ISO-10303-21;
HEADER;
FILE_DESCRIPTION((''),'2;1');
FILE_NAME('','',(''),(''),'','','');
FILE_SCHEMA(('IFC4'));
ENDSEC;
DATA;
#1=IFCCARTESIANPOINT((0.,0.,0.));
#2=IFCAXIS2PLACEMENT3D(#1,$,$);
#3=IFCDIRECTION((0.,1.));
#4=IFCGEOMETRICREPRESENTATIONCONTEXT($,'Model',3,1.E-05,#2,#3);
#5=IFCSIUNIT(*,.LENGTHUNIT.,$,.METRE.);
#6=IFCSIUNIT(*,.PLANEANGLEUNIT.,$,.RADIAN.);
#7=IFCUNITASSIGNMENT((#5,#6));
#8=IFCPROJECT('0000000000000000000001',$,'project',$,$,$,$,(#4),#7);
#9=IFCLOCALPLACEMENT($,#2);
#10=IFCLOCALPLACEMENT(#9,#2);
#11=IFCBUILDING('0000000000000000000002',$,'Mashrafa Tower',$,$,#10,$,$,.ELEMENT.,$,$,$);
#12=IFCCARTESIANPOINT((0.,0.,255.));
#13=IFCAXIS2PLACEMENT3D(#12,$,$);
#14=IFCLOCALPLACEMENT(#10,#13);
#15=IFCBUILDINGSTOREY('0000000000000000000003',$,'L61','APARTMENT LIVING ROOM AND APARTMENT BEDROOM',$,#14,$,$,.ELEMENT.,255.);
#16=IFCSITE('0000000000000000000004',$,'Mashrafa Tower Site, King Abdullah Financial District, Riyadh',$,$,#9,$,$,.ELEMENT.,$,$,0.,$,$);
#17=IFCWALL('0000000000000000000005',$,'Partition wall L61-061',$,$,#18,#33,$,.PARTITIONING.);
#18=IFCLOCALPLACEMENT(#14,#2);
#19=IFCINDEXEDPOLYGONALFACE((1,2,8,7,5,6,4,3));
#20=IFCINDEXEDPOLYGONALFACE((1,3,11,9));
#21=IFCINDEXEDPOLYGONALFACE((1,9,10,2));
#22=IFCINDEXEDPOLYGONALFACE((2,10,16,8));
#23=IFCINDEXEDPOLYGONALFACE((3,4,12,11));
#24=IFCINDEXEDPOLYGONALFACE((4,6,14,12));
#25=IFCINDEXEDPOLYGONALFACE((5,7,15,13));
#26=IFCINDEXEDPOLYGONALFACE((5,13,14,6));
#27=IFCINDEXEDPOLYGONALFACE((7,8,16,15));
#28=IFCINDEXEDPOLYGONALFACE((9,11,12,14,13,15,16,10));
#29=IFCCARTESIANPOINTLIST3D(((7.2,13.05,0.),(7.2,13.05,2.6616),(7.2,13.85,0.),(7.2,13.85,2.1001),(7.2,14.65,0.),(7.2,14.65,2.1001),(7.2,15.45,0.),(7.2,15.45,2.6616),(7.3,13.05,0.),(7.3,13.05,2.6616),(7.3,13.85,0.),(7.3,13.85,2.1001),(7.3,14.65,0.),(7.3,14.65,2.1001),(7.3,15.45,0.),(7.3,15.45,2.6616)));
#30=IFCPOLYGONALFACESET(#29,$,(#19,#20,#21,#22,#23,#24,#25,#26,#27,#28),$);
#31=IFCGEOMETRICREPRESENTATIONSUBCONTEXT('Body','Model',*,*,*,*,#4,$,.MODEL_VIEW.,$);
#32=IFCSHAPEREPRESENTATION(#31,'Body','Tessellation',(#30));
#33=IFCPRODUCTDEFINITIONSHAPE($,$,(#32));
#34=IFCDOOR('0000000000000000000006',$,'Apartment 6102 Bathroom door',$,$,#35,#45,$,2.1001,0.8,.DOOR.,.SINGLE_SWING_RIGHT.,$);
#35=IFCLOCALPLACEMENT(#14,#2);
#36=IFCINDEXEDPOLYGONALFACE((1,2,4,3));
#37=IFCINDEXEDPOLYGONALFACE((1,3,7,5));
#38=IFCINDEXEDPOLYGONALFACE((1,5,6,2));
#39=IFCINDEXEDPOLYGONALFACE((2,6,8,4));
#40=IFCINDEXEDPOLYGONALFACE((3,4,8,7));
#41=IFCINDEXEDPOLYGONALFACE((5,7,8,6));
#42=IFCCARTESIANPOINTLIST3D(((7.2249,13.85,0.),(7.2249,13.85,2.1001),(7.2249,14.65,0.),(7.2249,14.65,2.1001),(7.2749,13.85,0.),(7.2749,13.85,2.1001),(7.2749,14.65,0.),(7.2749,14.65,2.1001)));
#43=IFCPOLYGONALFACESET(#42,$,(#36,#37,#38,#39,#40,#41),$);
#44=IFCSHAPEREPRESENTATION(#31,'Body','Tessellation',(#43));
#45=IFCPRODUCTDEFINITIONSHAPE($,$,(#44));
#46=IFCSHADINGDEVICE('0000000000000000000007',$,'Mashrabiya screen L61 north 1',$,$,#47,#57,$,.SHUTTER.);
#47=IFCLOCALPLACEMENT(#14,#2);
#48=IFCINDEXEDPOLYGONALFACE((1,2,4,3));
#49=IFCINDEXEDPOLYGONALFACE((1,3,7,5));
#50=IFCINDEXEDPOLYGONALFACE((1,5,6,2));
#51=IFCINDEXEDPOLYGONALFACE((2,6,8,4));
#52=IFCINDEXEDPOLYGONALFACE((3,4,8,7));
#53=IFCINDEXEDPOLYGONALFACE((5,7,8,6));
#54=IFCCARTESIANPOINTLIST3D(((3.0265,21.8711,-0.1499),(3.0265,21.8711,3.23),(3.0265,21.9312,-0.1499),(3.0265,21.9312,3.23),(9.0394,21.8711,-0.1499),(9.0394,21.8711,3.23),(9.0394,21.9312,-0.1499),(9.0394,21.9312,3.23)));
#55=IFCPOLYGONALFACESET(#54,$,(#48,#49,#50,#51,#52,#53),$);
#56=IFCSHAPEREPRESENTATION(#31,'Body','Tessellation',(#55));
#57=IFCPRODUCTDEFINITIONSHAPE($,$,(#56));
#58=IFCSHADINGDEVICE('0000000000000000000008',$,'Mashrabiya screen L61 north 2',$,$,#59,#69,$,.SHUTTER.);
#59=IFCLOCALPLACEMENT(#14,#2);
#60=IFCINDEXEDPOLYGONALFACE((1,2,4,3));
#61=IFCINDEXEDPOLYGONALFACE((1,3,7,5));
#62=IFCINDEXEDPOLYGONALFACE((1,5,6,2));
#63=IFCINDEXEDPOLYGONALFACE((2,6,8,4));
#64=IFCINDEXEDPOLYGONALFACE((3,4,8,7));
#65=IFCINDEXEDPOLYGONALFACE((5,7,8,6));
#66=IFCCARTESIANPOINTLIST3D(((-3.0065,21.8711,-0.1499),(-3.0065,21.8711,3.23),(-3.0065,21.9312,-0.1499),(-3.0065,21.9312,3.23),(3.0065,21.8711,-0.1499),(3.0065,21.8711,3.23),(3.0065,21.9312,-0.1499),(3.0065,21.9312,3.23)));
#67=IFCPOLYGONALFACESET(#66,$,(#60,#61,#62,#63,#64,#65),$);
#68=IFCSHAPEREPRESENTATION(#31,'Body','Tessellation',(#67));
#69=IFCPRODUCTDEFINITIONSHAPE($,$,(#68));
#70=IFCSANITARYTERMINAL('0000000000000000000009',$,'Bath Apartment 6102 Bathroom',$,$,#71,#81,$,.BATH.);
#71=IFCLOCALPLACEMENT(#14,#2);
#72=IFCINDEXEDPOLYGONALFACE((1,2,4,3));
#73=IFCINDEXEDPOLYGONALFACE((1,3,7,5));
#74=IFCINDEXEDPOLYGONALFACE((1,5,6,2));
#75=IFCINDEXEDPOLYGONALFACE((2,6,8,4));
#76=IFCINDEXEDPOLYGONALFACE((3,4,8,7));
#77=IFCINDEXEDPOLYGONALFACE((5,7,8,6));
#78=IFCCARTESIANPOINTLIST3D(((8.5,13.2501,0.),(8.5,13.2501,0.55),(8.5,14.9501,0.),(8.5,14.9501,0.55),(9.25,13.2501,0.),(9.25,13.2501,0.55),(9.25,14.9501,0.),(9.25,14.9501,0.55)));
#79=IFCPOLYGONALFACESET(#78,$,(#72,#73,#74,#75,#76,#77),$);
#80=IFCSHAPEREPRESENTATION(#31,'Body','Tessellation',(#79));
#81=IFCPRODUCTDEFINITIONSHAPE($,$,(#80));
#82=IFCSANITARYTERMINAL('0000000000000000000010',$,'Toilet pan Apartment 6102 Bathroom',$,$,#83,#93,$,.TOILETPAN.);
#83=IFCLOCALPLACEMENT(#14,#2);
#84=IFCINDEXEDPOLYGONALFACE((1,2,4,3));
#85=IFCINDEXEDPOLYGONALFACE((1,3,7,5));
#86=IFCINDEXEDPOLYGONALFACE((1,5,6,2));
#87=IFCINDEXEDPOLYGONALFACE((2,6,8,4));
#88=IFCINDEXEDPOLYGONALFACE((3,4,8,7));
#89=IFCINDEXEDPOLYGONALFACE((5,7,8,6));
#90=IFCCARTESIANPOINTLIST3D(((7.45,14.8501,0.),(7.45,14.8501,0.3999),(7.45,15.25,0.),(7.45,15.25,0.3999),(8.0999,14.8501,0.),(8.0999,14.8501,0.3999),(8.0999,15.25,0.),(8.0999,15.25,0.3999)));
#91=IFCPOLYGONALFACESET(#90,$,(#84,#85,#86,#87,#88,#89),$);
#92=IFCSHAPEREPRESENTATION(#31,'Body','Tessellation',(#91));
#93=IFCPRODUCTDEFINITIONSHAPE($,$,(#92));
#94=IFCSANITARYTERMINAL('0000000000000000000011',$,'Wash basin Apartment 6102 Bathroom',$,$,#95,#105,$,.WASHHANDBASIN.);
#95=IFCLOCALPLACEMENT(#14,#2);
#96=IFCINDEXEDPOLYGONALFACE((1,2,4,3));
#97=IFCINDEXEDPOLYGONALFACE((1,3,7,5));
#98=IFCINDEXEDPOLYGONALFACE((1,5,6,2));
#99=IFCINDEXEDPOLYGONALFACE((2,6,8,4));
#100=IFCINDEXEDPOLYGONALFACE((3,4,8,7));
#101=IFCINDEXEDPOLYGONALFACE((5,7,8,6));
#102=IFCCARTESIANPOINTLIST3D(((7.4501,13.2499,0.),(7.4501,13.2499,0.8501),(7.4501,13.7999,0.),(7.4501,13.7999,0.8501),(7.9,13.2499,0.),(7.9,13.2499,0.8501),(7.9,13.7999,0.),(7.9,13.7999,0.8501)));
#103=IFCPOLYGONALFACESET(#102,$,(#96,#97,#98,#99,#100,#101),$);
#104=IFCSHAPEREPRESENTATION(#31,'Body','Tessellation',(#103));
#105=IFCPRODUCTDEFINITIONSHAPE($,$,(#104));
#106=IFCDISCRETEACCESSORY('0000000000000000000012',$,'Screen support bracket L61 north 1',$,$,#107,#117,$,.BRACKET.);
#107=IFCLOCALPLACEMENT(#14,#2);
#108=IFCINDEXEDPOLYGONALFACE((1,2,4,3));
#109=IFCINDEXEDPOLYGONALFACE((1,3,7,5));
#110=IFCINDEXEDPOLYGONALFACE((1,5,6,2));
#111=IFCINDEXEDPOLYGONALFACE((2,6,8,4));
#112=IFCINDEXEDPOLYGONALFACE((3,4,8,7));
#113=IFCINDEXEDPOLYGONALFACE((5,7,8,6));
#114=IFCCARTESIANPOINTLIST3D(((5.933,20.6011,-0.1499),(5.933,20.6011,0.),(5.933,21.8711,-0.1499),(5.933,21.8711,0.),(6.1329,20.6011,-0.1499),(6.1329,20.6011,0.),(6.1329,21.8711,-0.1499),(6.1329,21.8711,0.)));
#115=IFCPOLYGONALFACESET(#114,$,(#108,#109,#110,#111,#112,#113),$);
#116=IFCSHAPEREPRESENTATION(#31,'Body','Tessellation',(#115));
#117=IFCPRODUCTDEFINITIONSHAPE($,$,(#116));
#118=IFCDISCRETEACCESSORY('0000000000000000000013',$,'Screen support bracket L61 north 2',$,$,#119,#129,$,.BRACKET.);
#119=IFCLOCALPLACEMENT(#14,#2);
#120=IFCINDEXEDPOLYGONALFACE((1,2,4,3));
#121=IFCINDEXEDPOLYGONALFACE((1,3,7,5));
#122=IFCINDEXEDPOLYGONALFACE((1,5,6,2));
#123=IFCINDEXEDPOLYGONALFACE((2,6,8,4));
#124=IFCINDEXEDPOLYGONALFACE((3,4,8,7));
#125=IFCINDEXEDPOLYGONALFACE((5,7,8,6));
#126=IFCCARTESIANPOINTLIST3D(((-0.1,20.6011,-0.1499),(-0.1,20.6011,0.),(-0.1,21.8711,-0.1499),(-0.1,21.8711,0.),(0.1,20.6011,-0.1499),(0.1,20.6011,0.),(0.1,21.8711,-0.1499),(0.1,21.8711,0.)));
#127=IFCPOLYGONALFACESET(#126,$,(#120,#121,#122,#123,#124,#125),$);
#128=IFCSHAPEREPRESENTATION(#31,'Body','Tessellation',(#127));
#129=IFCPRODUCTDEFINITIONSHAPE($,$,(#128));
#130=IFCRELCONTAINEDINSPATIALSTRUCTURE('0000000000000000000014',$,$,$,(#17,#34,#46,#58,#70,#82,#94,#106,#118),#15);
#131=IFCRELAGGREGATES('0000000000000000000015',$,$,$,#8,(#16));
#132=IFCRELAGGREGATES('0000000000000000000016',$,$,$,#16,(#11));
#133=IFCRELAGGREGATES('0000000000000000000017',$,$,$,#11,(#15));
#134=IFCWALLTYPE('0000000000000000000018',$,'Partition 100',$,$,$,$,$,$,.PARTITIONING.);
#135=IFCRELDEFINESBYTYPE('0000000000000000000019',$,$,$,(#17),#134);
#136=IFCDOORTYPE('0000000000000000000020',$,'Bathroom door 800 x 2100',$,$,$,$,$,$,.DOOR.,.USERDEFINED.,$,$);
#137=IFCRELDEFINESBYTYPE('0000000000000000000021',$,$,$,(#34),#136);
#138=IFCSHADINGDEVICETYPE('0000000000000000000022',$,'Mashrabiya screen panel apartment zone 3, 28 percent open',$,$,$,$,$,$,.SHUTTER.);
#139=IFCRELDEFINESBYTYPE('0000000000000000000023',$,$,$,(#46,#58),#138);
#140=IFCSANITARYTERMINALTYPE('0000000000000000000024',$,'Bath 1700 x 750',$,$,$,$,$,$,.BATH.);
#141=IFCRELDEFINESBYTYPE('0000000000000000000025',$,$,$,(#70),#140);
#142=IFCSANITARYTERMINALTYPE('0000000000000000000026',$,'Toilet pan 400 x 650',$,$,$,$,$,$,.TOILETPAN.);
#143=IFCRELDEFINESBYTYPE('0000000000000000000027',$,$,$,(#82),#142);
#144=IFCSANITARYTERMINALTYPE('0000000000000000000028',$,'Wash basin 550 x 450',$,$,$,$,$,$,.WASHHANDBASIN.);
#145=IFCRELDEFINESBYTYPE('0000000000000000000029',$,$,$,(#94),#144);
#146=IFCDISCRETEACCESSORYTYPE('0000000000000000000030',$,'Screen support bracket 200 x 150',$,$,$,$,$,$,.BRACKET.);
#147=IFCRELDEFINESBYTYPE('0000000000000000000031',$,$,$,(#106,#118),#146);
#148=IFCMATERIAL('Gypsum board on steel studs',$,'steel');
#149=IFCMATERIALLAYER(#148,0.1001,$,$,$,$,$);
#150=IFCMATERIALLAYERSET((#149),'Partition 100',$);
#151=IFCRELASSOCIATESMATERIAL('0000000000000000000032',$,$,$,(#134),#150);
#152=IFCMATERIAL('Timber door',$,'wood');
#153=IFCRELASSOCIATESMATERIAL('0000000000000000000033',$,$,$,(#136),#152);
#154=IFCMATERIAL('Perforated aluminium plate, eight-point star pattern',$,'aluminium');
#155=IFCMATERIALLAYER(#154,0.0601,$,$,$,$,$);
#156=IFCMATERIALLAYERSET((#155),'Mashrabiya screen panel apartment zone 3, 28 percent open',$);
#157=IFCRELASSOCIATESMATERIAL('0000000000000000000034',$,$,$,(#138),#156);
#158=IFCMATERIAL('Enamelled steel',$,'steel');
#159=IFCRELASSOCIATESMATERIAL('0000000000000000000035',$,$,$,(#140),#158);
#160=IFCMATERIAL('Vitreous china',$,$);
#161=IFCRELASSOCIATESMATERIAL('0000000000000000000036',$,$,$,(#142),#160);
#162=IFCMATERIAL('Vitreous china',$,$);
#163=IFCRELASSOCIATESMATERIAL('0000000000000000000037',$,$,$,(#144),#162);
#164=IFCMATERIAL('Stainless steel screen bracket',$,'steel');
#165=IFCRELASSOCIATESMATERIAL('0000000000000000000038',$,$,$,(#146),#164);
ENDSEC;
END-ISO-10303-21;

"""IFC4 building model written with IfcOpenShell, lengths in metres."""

from ifc_helpers import new_model, si_unit, direction, frame, frame_2d, origin, origin_2d, place, context, subcontext, project, spatial, rectangle, extrude, source, transform, mapped, material, layer, layer_set, type_object, type_shapes, element, fill, save


model = new_model("IFC4")

# Units and contexts
model_context = context("Model", 3, precision=1e-05, world=origin(), true_north=direction((0.0, 1.0)))
body_context = subcontext(model_context, "Body", "Model", "MODEL_VIEW")
ifc_project = project(units=[si_unit("LENGTHUNIT", "METRE"), si_unit("PLANEANGLEUNIT", "RADIAN")], contexts=[model_context])

# Site, building, storey
site_placement = place(None, origin())
site = spatial("IfcSite", under=ifc_project, at=site_placement, Name="Mashrafa Tower Site, King Abdullah Financial District, Riyadh", CompositionType="ELEMENT", RefElevation=0.0)
building_placement = place(site_placement, origin())
building = spatial("IfcBuilding", under=site, at=building_placement, Name="Mashrafa Tower", CompositionType="ELEMENT")
storey_placement = place(building_placement, frame((0.0, 0.0, 255.0)))
storey = spatial("IfcBuildingStorey", under=building, at=storey_placement, Name="L61", Description="APARTMENT LIVING ROOM AND APARTMENT BEDROOM", CompositionType="ELEMENT", Elevation=255.0)

# Shared definitions
ifc_material_1 = material(Name="Gypsum board on steel studs", Category="steel")
ifc_layer_1 = layer(ifc_material_1, 0.1001)
ifc_layer_set_1 = layer_set([ifc_layer_1], Name="Partition 100")
wall_type_1 = type_object("IfcWallType", Name="Partition 100", PredefinedType="PARTITIONING", material=ifc_layer_set_1)

# Wall, opening, door
wall_1_placement = place(storey_placement, frame((7.25, 15.45, 0.0), z_axis=(0.0, 0.0, 1.0), x_axis=(0.0, -1.0, 0.0)))
wall_1 = element("IfcWall", 1, at=wall_1_placement, inside=storey, type_object=wall_type_1, Name="Partition wall L61-061", PredefinedType="PARTITIONING", context=body_context, shape_type="SweptSolid", body=[
    extrude(rectangle(XDim=2.3999, YDim=0.1001, at=frame_2d((1.2, 0.0))), origin(), (0.0, 0.0, 1.0), 2.6616),
])
opening_1_placement = place(wall_1_placement, frame((0.8, 0.0, 0.0)))
opening_1 = element("IfcOpeningElement", 2, at=opening_1_placement, cuts=wall_1, PredefinedType="OPENING", context=body_context, shape_type="SweptSolid", body=[
    extrude(rectangle(XDim=0.8, YDim=2.1001, at=frame_2d((0.3999, 1.05))), frame((0.0, 0.0601, 0.0), z_axis=(0.0, -1.0, 0.0), x_axis=(1.0, 0.0, 0.0)), (0.0, 0.0, 1.0), 0.1201),
])
ifc_material_2 = material(Name="Timber door", Category="wood")
door_type_1 = type_object("IfcDoorType", Name="Bathroom door 800 x 2100", OperationType="USERDEFINED", PredefinedType="DOOR", material=ifc_material_2)
door_1_placement = place(opening_1_placement, origin())
door_1 = element("IfcDoor", 3, at=door_1_placement, inside=storey, type_object=door_type_1, Name="Apartment 6102 Bathroom door", OperationType="SINGLE_SWING_RIGHT", OverallHeight=2.1001, OverallWidth=0.8, PredefinedType="DOOR", context=body_context, shape_type="SweptSolid", body=[
    extrude(rectangle(XDim=0.8, YDim=2.1001, at=frame_2d((0.3999, 1.05))), frame((0.0, 0.0249, 0.0), z_axis=(0.0, -1.0, 0.0), x_axis=(1.0, 0.0, 0.0)), (0.0, 0.0, 1.0), 0.05),
])
fill(opening_1, door_1)

# Shading devices
ifc_material_3 = material(Name="Perforated aluminium plate, eight-point star pattern", Category="aluminium")
ifc_layer_2 = layer(ifc_material_3, 0.0601)
ifc_layer_set_2 = layer_set([ifc_layer_2], Name="Mashrabiya screen panel apartment zone 3, 28 percent open")
shading_device_type = type_object("IfcShadingDeviceType", Name="Mashrabiya screen panel apartment zone 3, 28 percent open", PredefinedType="SHUTTER", material=ifc_layer_set_2)
shared_shape_1 = source(origin(), body_context, "Body", "SweptSolid", [
    extrude(rectangle(XDim=6.0129, YDim=0.0601, at=origin_2d()), origin(), (0.0, 0.0, 1.0), 3.3799),
])
type_shapes(shading_device_type, [shared_shape_1])
for number, where, z_axis, x_axis, name in (
    (4, (6.033, 21.9011, -0.1499), (0.0, 0.0, 1.0), (-1.0, 0.0, 0.0), "Mashrabiya screen L61 north 1"),
    (5, (0.0, 21.9011, -0.1499), (0.0, 0.0, 1.0), (-1.0, 0.0, 0.0), "Mashrabiya screen L61 north 2"),
):
    element("IfcShadingDevice", number, at=place(storey_placement, frame(where, z_axis=z_axis, x_axis=x_axis)), inside=storey, type_object=shading_device_type, Name=name, PredefinedType="SHUTTER", context=body_context, shape_type="MappedRepresentation", body=[
        mapped(shared_shape_1, transform((0.0, 0.0, 0.0))),
    ])

# Sanitary terminals
ifc_material_4 = material(Name="Enamelled steel", Category="steel")
sanitary_terminal_type_1 = type_object("IfcSanitaryTerminalType", Name="Bath 1700 x 750", PredefinedType="BATH", material=ifc_material_4)
sanitary_terminal_1_placement = place(storey_placement, frame((8.875, 14.1001, 0.0), z_axis=(0.0, 0.0, 1.0), x_axis=(0.0, 1.0, 0.0)))
element("IfcSanitaryTerminal", 6, at=sanitary_terminal_1_placement, inside=storey, type_object=sanitary_terminal_type_1, Name="Bath Apartment 6102 Bathroom", PredefinedType="BATH", context=body_context, shape_type="SweptSolid", body=[
    extrude(rectangle(XDim=1.7, YDim=0.75, at=origin_2d()), origin(), (0.0, 0.0, 1.0), 0.55),
])
ifc_material_5 = material(Name="Vitreous china")
sanitary_terminal_type_2 = type_object("IfcSanitaryTerminalType", Name="Toilet pan 400 x 650", PredefinedType="TOILETPAN", material=ifc_material_5)
sanitary_terminal_2_placement = place(storey_placement, frame((7.7749, 15.05, 0.0), z_axis=(0.0, 0.0, 1.0), x_axis=(0.0, -1.0, 0.0)))
element("IfcSanitaryTerminal", 7, at=sanitary_terminal_2_placement, inside=storey, type_object=sanitary_terminal_type_2, Name="Toilet pan Apartment 6102 Bathroom", PredefinedType="TOILETPAN", context=body_context, shape_type="SweptSolid", body=[
    extrude(rectangle(XDim=0.3999, YDim=0.6499, at=origin_2d()), origin(), (0.0, 0.0, 1.0), 0.3999),
])
ifc_material_6 = material(Name="Vitreous china")
sanitary_terminal_type_3 = type_object("IfcSanitaryTerminalType", Name="Wash basin 550 x 450", PredefinedType="WASHHANDBASIN", material=ifc_material_6)
sanitary_terminal_3_placement = place(storey_placement, frame((7.675, 13.5249, 0.0), z_axis=(0.0, 0.0, 1.0), x_axis=(0.0, -1.0, 0.0)))
element("IfcSanitaryTerminal", 8, at=sanitary_terminal_3_placement, inside=storey, type_object=sanitary_terminal_type_3, Name="Wash basin Apartment 6102 Bathroom", PredefinedType="WASHHANDBASIN", context=body_context, shape_type="SweptSolid", body=[
    extrude(rectangle(XDim=0.55, YDim=0.45, at=origin_2d()), origin(), (0.0, 0.0, 1.0), 0.8501),
])

# Discrete accessories
ifc_material_7 = material(Name="Stainless steel screen bracket", Category="steel")
discrete_accessory_type = type_object("IfcDiscreteAccessoryType", Name="Screen support bracket 200 x 150", PredefinedType="BRACKET", material=ifc_material_7)
shared_shape_2 = source(origin(), body_context, "Body", "SweptSolid", [
    extrude(rectangle(XDim=0.2, YDim=1.27, at=origin_2d()), origin(), (0.0, 0.0, 1.0), 0.1499),
])
type_shapes(discrete_accessory_type, [shared_shape_2])
for number, where, z_axis, x_axis, name in (
    (9, (6.033, 21.2361, -0.1499), (0.0, 0.0, 1.0), (-1.0, 0.0, 0.0), "Screen support bracket L61 north 1"),
    (10, (0.0, 21.2361, -0.1499), (0.0, 0.0, 1.0), (-1.0, 0.0, 0.0), "Screen support bracket L61 north 2"),
):
    element("IfcDiscreteAccessory", number, at=place(storey_placement, frame(where, z_axis=z_axis, x_axis=x_axis)), inside=storey, type_object=discrete_accessory_type, Name=name, PredefinedType="BRACKET", context=body_context, shape_type="MappedRepresentation", body=[
        mapped(shared_shape_2, transform((0.0, 0.0, 0.0))),
    ])

save(model, "model.ifc")
